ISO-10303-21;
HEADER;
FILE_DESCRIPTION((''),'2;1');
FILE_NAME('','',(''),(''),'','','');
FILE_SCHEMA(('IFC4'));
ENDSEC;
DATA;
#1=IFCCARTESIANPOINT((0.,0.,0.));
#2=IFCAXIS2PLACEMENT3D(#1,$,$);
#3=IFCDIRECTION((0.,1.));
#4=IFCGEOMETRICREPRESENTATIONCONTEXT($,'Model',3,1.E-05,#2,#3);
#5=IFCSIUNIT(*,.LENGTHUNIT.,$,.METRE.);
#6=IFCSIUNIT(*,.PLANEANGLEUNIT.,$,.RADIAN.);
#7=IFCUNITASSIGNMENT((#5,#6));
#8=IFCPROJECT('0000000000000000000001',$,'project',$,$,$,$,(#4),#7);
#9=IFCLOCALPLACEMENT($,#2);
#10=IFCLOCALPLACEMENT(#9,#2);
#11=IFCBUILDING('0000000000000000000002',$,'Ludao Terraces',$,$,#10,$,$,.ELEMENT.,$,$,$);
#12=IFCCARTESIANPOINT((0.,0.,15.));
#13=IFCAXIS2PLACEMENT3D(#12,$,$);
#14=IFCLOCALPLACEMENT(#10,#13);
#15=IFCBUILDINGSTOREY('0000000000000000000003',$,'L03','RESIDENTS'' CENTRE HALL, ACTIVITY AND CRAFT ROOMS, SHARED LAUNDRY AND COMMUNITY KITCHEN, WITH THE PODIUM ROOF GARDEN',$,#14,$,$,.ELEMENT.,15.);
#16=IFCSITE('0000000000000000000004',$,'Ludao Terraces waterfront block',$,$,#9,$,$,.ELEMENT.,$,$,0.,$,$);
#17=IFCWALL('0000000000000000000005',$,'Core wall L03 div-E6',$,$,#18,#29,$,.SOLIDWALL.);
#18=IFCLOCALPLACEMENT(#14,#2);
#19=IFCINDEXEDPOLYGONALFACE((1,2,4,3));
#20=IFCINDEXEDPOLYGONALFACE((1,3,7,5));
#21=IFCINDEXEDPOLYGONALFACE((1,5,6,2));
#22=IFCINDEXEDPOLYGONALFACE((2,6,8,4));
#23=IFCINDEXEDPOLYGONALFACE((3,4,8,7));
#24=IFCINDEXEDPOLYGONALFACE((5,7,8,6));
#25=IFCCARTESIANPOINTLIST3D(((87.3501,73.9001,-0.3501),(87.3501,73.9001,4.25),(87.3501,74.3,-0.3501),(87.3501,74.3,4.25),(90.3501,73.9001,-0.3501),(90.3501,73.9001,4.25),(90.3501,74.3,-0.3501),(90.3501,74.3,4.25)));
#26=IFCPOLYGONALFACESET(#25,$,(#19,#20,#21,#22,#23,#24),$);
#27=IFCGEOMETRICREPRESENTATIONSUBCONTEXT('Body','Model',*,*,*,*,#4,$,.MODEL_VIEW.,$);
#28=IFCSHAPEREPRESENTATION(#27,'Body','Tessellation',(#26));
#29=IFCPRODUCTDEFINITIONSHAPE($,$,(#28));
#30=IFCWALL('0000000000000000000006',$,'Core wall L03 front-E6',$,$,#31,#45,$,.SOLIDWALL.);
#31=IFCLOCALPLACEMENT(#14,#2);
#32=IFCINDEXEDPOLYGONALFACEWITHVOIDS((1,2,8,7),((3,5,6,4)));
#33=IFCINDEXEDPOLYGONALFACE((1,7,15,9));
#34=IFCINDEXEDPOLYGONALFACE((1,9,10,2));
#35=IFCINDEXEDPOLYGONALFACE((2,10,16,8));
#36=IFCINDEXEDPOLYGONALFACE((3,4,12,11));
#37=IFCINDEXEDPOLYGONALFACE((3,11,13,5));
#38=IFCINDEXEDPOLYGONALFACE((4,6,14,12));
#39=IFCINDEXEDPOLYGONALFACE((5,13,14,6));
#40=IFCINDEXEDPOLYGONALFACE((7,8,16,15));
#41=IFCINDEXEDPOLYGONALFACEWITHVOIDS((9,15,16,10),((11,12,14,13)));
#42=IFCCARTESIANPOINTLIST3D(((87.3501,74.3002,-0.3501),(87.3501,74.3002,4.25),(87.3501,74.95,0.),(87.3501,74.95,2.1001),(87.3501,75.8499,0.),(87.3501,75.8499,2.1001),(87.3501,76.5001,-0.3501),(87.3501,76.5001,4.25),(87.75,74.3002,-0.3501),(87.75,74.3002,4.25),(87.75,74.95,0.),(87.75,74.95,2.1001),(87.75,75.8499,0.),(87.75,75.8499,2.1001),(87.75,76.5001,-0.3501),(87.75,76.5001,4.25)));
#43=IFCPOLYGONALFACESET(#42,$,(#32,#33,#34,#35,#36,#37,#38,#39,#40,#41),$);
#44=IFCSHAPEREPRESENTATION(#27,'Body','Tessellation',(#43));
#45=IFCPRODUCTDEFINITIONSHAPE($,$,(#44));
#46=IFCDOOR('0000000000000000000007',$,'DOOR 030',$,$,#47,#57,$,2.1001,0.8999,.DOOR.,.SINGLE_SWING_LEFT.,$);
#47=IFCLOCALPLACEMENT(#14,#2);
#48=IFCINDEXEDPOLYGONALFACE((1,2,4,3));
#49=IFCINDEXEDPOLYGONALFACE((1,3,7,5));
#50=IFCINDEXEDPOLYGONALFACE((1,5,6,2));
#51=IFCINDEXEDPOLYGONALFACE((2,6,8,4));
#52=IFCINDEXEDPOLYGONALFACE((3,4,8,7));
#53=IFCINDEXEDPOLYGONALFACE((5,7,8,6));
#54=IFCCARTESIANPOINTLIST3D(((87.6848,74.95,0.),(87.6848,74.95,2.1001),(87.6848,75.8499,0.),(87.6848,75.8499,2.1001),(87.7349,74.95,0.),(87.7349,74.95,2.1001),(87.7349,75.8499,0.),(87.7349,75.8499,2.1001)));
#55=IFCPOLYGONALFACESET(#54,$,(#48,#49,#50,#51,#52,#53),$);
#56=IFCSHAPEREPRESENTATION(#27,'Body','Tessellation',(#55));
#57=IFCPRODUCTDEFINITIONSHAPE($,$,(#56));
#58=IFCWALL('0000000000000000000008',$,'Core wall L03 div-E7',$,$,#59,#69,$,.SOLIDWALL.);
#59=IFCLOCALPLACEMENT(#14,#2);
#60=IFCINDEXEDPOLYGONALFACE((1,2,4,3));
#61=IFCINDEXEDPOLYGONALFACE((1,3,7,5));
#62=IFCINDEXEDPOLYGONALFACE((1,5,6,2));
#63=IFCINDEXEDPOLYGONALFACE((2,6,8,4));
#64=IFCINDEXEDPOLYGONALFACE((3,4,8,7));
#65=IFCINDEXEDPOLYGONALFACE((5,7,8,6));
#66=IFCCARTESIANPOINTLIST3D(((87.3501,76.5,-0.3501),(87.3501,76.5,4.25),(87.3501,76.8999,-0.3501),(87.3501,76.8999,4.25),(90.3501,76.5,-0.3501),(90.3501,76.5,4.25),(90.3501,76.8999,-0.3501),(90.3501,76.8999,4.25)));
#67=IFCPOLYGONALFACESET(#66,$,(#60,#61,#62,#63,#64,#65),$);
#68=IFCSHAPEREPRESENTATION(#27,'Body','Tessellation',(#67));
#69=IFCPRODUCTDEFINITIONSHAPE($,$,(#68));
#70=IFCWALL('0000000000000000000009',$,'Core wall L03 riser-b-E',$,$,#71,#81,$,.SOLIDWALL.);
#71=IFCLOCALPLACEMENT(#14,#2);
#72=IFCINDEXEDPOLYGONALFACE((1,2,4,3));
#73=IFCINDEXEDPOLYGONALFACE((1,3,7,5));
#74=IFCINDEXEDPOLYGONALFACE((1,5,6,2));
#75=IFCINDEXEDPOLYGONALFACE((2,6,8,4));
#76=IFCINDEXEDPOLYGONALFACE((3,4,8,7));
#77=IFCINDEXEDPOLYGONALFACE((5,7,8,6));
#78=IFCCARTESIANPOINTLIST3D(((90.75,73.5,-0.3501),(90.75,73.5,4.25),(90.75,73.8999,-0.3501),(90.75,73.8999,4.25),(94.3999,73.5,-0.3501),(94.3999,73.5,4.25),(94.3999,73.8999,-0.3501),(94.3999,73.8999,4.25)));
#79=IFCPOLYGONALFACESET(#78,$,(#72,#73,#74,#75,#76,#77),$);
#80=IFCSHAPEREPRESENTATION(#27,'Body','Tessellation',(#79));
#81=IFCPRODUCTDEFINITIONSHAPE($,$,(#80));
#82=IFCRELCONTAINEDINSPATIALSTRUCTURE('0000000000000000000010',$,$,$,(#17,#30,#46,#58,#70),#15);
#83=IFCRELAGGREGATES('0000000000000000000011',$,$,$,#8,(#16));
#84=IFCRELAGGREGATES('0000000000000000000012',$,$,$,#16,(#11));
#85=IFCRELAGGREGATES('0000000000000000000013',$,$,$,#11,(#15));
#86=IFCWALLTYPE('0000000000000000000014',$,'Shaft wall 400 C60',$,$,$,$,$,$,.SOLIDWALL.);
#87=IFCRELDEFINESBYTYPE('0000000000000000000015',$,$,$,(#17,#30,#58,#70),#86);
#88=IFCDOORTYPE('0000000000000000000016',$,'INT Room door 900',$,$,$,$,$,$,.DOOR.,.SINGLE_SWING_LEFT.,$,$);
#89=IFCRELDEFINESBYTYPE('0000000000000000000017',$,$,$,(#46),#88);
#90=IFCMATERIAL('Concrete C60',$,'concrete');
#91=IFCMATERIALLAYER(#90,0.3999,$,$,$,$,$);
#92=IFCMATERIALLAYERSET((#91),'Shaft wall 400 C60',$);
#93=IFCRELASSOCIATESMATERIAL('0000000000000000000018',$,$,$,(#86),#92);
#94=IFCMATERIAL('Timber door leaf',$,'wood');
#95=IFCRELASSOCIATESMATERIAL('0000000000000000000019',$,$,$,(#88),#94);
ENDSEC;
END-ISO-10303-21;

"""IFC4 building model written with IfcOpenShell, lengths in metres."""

from ifc_helpers import new_model, si_unit, direction, frame, frame_2d, origin, place, context, subcontext, project, spatial, rectangle, extrude, material, layer, layer_set, type_object, element, fill, save


model = new_model("IFC4")

# Units and contexts
model_context = context("Model", 3, precision=1e-05, world=origin(), true_north=direction((0.0, 1.0)))
body_context = subcontext(model_context, "Body", "Model", "MODEL_VIEW")
ifc_project = project(units=[si_unit("LENGTHUNIT", "METRE"), si_unit("PLANEANGLEUNIT", "RADIAN")], contexts=[model_context])

# Site, building, storey
site_placement = place(None, origin())
site = spatial("IfcSite", under=ifc_project, at=site_placement, Name="Ludao Terraces waterfront block", CompositionType="ELEMENT", RefElevation=0.0)
building_placement = place(site_placement, origin())
building = spatial("IfcBuilding", under=site, at=building_placement, Name="Ludao Terraces", CompositionType="ELEMENT")
storey_placement = place(building_placement, frame((0.0, 0.0, 15.0)))
storey = spatial("IfcBuildingStorey", under=building, at=storey_placement, Name="L03", Description="RESIDENTS' CENTRE HALL, ACTIVITY AND CRAFT ROOMS, SHARED LAUNDRY AND COMMUNITY KITCHEN, WITH THE PODIUM ROOF GARDEN", CompositionType="ELEMENT", Elevation=15.0)

# Shared definitions
ifc_material_1 = material(Name="Concrete C60", Category="concrete")

# Shared definitions
ifc_layer_1 = layer(ifc_material_1, 0.3999)
ifc_layer_set_1 = layer_set([ifc_layer_1], Name="Shaft wall 400 C60")
wall_type_1 = type_object("IfcWallType", Name="Shaft wall 400 C60", PredefinedType="SOLIDWALL", material=ifc_layer_set_1)

# Shared definitions
ifc_material_2 = material(Name="Timber door leaf", Category="wood")
door_type = type_object("IfcDoorType", Name="INT Room door 900", OperationType="SINGLE_SWING_LEFT", PredefinedType="DOOR", material=ifc_material_2)

# Wall
wall_1_placement = place(storey_placement, frame((87.3501, 74.1001, -0.3501), z_axis=(0.0, 0.0, 1.0), x_axis=(1.0, 0.0, 0.0)))
element("IfcWall", 1, at=wall_1_placement, inside=storey, type_object=wall_type_1, Name="Core wall L03 div-E6", PredefinedType="SOLIDWALL", context=body_context, shape_type="SweptSolid", body=[
    extrude(rectangle(XDim=3.0, YDim=0.3999, at=frame_2d((1.5, 0.0))), origin(), (0.0, 0.0, 1.0), 4.6001),
])

# Wall, opening, door
wall_2_placement = place(storey_placement, frame((87.55, 74.3, -0.3501), z_axis=(0.0, 0.0, 1.0), x_axis=(0.0, 1.0, 0.0)))
wall_2 = element("IfcWall", 2, at=wall_2_placement, inside=storey, type_object=wall_type_1, Name="Core wall L03 front-E6", PredefinedType="SOLIDWALL", context=body_context, shape_type="SweptSolid", body=[
    extrude(rectangle(XDim=2.2, YDim=0.3999, at=frame_2d((1.1001, 0.0))), origin(), (0.0, 0.0, 1.0), 4.6001),
])
opening_1_placement = place(wall_2_placement, frame((0.6499, 0.0, 0.3501)))
opening_1 = element("IfcOpeningElement", 3, at=opening_1_placement, cuts=wall_2, PredefinedType="OPENING", context=body_context, shape_type="SweptSolid", body=[
    extrude(rectangle(XDim=0.8999, YDim=2.1001, at=frame_2d((0.45, 1.05))), frame((0.0, 0.21, 0.0), z_axis=(0.0, -1.0, 0.0), x_axis=(1.0, 0.0, 0.0)), (0.0, 0.0, 1.0), 0.4199),
])
door_1_placement = place(opening_1_placement, origin())
door_1 = element("IfcDoor", 4, at=door_1_placement, inside=storey, type_object=door_type, Name="DOOR 030", OperationType="SINGLE_SWING_LEFT", OverallHeight=2.1001, OverallWidth=0.8999, PredefinedType="DOOR", context=body_context, shape_type="SweptSolid", body=[
    extrude(rectangle(XDim=0.8999, YDim=2.1001, at=frame_2d((0.45, 1.05))), frame((0.0, -0.1348, 0.0), z_axis=(0.0, -1.0, 0.0), x_axis=(1.0, 0.0, 0.0)), (0.0, 0.0, 1.0), 0.05),
])
fill(opening_1, door_1)

# Walls
wall_3_placement = place(storey_placement, frame((87.3501, 76.7, -0.3501), z_axis=(0.0, 0.0, 1.0), x_axis=(1.0, 0.0, 0.0)))
element("IfcWall", 5, at=wall_3_placement, inside=storey, type_object=wall_type_1, Name="Core wall L03 div-E7", PredefinedType="SOLIDWALL", context=body_context, shape_type="SweptSolid", body=[
    extrude(rectangle(XDim=3.0, YDim=0.3999, at=frame_2d((1.5, 0.0))), origin(), (0.0, 0.0, 1.0), 4.6001),
])
wall_4_placement = place(storey_placement, frame((90.75, 73.7, -0.3501), z_axis=(0.0, 0.0, 1.0), x_axis=(1.0, 0.0, 0.0)))
element("IfcWall", 6, at=wall_4_placement, inside=storey, type_object=wall_type_1, Name="Core wall L03 riser-b-E", PredefinedType="SOLIDWALL", context=body_context, shape_type="SweptSolid", body=[
    extrude(rectangle(XDim=3.6499, YDim=0.3999, at=frame_2d((1.825, 0.0))), origin(), (0.0, 0.0, 1.0), 4.6001),
])

save(model, "model.ifc")
